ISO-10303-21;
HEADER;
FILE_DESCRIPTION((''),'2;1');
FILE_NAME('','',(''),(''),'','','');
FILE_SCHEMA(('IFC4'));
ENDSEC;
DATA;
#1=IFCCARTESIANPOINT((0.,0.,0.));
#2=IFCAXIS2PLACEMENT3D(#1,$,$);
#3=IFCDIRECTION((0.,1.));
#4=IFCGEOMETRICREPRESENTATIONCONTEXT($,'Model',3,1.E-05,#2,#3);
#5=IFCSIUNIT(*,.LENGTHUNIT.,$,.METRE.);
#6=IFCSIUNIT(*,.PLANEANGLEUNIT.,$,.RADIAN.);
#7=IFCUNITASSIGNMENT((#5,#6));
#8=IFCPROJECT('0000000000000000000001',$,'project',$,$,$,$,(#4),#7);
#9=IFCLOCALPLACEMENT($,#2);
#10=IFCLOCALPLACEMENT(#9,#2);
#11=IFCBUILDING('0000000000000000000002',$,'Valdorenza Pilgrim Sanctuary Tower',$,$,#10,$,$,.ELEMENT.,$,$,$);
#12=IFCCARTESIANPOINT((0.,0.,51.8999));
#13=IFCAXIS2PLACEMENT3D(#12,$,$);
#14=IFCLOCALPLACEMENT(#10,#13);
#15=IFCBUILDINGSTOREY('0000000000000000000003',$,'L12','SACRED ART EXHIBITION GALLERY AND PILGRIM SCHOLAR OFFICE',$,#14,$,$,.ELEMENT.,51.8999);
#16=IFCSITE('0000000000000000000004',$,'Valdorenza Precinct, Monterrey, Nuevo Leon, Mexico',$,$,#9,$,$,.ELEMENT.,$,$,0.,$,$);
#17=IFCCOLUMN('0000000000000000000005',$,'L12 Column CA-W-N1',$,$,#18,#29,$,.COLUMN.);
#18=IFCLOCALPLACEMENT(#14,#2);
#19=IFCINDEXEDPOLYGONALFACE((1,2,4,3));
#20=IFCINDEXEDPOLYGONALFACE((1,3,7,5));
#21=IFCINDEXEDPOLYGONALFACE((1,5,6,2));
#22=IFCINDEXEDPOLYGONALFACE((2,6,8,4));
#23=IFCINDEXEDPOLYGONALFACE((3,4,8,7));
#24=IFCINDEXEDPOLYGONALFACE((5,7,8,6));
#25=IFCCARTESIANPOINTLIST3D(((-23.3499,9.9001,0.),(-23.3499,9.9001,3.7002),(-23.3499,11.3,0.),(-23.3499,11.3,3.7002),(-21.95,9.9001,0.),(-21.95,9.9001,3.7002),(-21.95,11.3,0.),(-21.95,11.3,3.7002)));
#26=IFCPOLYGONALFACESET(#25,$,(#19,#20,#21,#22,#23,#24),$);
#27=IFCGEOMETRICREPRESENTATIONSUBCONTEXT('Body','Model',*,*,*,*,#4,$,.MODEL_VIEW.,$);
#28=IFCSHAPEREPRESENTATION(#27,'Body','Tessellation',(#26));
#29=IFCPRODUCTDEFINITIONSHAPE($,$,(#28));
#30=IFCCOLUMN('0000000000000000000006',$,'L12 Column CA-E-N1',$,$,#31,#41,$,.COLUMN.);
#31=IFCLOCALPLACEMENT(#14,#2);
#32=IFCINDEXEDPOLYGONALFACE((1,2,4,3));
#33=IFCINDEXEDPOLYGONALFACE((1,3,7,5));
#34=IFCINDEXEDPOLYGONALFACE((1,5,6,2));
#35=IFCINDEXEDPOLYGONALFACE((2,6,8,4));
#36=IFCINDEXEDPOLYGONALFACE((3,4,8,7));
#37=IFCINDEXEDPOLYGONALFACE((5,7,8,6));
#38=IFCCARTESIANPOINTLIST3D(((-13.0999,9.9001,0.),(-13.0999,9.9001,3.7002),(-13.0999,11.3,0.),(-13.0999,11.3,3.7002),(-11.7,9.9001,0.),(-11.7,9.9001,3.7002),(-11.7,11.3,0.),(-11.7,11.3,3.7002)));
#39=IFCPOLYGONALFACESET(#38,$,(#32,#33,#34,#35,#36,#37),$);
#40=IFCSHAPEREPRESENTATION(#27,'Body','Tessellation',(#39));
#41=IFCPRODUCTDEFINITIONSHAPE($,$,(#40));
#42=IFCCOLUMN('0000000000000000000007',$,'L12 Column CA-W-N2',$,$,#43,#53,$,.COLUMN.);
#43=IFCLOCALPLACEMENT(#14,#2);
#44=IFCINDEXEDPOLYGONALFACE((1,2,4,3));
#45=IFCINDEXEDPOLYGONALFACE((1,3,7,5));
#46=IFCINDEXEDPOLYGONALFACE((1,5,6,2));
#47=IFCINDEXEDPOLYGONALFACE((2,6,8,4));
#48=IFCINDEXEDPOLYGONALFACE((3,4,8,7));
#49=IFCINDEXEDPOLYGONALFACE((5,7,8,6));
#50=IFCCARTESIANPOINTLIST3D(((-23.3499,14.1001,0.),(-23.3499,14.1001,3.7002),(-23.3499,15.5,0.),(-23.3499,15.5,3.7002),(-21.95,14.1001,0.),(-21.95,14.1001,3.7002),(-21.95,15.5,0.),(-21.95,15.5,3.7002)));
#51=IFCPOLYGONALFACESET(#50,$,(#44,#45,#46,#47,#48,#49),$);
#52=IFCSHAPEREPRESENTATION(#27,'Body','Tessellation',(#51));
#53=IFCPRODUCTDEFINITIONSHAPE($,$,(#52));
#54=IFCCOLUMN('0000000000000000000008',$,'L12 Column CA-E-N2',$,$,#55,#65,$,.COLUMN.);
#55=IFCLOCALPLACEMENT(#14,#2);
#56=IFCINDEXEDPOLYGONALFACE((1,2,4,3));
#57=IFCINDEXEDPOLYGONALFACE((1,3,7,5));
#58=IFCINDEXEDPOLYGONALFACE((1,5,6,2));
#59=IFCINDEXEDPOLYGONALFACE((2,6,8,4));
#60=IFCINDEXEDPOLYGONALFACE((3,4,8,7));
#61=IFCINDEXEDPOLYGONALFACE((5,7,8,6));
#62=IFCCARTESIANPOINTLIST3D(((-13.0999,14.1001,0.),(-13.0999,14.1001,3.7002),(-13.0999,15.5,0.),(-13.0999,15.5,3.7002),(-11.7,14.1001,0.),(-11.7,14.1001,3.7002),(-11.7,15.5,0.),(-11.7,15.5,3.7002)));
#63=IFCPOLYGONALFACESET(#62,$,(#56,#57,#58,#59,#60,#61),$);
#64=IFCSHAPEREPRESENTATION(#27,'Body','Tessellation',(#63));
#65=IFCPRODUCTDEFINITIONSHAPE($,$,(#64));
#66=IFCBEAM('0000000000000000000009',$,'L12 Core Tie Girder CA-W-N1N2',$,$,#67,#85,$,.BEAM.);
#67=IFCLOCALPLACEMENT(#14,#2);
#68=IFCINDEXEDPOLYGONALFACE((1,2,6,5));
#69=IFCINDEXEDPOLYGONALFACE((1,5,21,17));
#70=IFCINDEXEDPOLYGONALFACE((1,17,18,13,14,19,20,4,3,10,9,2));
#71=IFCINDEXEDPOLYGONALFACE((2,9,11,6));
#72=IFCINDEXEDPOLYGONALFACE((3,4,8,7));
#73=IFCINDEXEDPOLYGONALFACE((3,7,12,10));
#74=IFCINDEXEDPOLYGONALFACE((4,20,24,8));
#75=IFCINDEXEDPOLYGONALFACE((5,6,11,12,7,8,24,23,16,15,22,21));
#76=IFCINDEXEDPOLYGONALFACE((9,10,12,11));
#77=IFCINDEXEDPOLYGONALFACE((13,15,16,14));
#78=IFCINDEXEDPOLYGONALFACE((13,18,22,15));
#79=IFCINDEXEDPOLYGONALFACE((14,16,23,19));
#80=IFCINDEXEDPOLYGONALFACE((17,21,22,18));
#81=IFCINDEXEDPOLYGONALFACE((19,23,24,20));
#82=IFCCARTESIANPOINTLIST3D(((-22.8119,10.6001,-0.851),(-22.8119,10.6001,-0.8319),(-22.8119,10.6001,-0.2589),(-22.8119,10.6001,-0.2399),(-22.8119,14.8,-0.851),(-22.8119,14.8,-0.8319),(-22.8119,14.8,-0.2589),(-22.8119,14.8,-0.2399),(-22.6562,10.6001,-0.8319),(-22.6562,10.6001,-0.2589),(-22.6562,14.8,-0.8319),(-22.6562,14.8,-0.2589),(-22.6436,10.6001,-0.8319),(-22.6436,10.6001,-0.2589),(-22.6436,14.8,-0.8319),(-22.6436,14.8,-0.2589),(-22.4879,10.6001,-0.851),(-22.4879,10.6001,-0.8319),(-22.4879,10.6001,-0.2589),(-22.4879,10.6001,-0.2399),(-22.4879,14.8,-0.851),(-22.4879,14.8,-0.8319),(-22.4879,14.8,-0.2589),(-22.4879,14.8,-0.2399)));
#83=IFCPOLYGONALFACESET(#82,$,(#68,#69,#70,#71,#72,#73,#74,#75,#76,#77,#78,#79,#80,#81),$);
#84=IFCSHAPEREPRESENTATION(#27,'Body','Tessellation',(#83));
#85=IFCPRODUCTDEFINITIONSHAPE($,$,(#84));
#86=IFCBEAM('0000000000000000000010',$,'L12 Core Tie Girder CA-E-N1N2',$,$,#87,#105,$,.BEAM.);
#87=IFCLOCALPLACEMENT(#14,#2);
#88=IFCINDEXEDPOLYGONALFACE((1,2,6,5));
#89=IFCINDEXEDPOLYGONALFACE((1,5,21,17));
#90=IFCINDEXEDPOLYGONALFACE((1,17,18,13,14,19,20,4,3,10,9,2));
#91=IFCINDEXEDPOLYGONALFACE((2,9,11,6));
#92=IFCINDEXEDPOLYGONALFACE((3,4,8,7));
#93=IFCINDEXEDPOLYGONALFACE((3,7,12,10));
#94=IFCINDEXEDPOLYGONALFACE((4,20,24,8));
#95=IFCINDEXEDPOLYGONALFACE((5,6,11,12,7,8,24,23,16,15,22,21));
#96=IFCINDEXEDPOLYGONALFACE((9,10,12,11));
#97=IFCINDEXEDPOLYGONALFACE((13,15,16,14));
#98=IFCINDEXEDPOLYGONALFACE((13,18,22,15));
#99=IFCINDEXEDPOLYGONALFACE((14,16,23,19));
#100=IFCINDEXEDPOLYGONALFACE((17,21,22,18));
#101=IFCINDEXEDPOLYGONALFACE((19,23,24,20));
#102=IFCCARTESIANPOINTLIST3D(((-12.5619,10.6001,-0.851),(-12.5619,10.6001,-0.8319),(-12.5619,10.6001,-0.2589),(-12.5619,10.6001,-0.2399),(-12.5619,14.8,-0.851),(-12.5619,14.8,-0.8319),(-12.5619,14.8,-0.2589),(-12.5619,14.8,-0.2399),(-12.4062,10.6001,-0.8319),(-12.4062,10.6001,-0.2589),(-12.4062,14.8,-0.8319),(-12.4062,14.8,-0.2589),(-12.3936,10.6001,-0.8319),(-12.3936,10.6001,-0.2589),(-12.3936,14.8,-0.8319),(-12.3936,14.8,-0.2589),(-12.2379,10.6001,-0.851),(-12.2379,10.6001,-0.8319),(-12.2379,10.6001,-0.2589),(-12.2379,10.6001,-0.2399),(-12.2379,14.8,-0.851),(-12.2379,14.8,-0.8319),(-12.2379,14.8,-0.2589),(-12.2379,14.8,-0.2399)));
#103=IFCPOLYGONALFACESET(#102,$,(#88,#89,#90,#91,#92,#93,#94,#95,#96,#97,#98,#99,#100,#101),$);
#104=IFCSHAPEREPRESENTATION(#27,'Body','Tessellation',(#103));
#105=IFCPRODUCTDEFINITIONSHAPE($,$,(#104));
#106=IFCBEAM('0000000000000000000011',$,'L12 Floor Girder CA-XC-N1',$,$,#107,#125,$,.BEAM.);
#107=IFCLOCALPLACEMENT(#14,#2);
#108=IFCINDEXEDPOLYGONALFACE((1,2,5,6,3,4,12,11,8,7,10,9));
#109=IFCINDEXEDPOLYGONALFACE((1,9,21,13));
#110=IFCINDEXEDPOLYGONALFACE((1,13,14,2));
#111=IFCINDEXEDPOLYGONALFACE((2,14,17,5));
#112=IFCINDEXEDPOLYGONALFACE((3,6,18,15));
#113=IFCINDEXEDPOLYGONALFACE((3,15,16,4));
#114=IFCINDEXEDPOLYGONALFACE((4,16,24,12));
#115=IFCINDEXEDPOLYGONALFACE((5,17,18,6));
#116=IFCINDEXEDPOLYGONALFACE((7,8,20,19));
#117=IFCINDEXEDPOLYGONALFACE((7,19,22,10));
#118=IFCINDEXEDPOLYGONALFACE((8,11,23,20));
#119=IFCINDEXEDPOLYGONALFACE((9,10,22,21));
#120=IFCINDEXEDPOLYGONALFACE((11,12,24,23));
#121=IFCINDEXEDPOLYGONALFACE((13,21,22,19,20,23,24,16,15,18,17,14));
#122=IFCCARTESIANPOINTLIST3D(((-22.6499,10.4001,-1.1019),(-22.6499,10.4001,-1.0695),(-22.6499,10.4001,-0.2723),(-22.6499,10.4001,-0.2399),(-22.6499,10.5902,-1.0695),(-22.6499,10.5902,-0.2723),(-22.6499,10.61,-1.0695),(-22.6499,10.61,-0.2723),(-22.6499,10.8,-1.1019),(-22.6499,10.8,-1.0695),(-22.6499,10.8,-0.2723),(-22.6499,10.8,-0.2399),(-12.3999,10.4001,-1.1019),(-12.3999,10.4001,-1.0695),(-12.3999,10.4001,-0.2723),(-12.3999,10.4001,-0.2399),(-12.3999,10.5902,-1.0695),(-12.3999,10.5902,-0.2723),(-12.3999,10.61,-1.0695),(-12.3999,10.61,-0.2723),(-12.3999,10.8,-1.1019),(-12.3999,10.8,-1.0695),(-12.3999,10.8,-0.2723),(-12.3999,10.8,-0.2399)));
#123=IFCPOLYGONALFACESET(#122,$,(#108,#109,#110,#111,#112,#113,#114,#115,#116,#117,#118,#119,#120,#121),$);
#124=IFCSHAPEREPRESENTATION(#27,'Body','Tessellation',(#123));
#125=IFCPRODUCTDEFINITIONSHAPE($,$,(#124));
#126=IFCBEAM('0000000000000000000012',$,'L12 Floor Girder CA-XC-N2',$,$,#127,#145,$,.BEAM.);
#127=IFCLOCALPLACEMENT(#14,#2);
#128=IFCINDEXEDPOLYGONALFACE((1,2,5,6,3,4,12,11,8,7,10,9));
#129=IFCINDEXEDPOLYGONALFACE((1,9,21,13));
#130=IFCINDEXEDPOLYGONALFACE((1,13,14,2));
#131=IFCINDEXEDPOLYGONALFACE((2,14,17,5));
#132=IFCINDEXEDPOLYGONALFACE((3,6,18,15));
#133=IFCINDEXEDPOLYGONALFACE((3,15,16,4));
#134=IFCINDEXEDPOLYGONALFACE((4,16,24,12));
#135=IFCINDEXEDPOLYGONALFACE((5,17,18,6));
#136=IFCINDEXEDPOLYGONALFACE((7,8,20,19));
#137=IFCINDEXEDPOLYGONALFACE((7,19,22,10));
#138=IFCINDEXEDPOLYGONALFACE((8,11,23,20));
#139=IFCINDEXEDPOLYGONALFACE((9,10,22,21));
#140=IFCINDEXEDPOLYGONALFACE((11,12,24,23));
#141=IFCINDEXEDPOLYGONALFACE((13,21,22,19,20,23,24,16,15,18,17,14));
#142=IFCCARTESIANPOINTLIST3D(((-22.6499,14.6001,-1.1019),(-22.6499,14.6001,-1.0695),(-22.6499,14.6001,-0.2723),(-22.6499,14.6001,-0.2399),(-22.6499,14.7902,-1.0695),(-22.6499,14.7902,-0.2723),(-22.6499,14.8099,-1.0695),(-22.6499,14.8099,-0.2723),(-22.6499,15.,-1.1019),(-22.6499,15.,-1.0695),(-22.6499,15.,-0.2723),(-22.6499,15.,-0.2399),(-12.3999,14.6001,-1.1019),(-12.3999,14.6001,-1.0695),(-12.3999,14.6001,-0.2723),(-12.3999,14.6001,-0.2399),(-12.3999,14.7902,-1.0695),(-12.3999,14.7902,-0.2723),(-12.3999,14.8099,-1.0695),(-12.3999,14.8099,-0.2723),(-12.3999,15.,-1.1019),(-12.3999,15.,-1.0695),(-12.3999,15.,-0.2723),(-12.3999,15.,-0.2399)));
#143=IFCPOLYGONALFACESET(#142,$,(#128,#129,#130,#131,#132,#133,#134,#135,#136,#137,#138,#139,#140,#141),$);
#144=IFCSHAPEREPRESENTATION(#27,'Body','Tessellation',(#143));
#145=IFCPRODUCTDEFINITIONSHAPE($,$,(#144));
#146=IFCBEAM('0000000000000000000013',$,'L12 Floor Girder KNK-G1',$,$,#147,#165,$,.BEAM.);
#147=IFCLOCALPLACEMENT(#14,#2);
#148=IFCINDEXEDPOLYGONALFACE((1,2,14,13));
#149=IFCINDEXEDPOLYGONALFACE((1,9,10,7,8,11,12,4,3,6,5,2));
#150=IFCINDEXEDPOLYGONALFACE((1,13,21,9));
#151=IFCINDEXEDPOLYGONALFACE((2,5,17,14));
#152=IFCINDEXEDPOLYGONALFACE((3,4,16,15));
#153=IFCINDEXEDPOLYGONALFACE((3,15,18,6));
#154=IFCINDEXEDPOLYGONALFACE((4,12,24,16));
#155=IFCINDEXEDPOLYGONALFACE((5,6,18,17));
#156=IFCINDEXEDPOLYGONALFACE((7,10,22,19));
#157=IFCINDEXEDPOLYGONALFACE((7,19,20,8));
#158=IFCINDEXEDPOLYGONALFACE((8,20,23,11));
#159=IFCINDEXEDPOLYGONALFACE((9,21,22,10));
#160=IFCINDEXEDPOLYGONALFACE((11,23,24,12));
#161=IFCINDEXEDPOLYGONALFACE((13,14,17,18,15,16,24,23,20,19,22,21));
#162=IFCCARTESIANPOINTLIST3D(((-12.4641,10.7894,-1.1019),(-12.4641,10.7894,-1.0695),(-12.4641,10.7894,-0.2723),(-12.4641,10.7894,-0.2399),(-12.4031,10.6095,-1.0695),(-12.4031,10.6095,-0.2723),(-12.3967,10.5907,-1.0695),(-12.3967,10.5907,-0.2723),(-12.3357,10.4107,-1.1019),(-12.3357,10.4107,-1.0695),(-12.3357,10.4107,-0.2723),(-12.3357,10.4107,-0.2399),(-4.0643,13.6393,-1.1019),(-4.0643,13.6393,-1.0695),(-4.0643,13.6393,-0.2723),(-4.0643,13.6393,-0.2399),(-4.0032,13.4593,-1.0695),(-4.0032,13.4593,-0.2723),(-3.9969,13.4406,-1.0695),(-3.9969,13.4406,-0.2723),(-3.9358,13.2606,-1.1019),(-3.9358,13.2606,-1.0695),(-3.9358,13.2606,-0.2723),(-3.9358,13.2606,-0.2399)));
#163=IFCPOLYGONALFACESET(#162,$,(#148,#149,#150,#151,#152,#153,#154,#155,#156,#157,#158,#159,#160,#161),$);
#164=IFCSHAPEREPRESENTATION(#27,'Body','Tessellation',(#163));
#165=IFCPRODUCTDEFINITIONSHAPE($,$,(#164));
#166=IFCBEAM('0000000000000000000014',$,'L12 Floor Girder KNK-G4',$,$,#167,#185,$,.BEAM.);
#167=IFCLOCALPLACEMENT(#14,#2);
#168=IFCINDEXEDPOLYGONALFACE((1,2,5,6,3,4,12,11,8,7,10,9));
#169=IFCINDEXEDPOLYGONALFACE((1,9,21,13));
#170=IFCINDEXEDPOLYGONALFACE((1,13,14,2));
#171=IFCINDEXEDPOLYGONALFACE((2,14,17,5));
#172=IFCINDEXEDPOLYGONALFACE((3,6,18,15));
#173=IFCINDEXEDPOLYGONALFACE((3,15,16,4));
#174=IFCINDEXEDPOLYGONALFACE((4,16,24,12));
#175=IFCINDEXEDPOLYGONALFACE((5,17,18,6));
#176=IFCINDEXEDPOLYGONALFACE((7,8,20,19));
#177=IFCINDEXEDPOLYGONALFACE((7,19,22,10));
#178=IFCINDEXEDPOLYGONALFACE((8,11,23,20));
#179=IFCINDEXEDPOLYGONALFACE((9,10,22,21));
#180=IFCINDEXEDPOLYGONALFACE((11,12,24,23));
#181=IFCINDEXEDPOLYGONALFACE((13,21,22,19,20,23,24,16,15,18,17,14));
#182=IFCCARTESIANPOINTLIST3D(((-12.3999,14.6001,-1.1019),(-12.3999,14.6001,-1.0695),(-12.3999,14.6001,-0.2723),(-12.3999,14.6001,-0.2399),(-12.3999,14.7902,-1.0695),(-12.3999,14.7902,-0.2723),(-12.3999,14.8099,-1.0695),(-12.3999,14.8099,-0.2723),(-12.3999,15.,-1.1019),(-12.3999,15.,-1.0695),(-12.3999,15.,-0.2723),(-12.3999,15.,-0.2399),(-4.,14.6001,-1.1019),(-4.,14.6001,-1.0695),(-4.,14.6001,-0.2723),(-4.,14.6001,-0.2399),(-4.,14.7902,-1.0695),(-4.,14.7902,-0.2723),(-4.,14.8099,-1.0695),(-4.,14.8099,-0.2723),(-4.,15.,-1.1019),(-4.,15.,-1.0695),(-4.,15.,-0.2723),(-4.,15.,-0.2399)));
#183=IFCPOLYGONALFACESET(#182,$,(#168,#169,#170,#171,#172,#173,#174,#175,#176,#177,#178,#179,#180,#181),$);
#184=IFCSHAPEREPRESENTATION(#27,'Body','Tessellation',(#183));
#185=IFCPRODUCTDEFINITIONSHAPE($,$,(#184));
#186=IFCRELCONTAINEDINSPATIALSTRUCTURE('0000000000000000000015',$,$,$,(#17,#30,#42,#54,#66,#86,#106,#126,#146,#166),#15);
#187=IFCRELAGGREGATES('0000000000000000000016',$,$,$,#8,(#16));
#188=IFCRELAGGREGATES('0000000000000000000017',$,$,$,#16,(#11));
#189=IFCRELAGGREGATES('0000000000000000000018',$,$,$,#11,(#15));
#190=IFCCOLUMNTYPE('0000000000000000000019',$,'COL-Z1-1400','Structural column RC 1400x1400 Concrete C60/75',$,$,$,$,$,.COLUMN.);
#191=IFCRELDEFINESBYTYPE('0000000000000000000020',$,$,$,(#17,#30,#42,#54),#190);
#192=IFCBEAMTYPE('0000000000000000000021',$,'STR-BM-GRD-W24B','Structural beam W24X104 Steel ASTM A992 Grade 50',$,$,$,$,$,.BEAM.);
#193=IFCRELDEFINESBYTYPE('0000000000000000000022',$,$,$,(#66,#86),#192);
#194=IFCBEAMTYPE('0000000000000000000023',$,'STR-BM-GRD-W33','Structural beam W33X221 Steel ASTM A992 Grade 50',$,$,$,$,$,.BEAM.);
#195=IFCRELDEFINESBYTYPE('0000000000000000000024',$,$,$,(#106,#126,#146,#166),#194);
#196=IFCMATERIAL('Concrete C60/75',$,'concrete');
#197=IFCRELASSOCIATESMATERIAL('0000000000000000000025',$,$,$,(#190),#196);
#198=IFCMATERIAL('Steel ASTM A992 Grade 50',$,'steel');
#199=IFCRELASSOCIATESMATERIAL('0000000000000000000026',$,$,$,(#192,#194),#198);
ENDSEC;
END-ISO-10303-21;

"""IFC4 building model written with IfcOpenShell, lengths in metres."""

from ifc_helpers import new_model, si_unit, direction, frame, origin, origin_2d, place, context, subcontext, project, spatial, rectangle, i_section, extrude, source, transform, mapped, material, material_profile, profile_set, type_object, element, save


model = new_model("IFC4")

# Units and contexts
model_context = context("Model", 3, precision=1e-05, world=origin(), true_north=direction((0.0, 1.0)))
body_context = subcontext(model_context, "Body", "Model", "MODEL_VIEW")
ifc_project = project(units=[si_unit("LENGTHUNIT", "METRE"), si_unit("PLANEANGLEUNIT", "RADIAN")], contexts=[model_context])

# Site, building, storey
site_placement = place(None, origin())
site = spatial("IfcSite", under=ifc_project, at=site_placement, Name="Valdorenza Precinct, Monterrey, Nuevo Leon, Mexico", CompositionType="ELEMENT", RefElevation=0.0)
building_placement = place(site_placement, origin())
building = spatial("IfcBuilding", under=site, at=building_placement, Name="Valdorenza Pilgrim Sanctuary Tower", CompositionType="ELEMENT")
storey_placement = place(building_placement, frame((0.0, 0.0, 51.8999)))
storey = spatial("IfcBuildingStorey", under=building, at=storey_placement, Name="L12", Description="SACRED ART EXHIBITION GALLERY AND PILGRIM SCHOLAR OFFICE", CompositionType="ELEMENT", Elevation=51.8999)

# Columns
ifc_material_1 = material(Name="Concrete C60/75", Category="concrete")
ifc_material_profile_1 = material_profile(ifc_material_1, rectangle(XDim=1.3999, YDim=1.3999, at=origin_2d()), Name="RC 1400x1400")
ifc_profile_set_1 = profile_set([ifc_material_profile_1], Name="Concrete C60/75")
column_type = type_object("IfcColumnType", Name="COL-Z1-1400", Description="Structural column RC 1400x1400 Concrete C60/75", PredefinedType="COLUMN", material=ifc_profile_set_1)
shared_shape_1 = source(origin(), body_context, "Body", "SweptSolid", [
    extrude(rectangle(XDim=1.3999, YDim=1.3999, at=origin_2d()), origin(), (0.0, 0.0, 1.0), 3.7002),
])
for number, where, z_axis, x_axis, name in (
    (1, (-22.6499, 10.6001, 0.0), (0.0, 0.0, 1.0), (1.0, 0.0, 0.0), "L12 Column CA-W-N1"),
    (2, (-12.3999, 10.6001, 0.0), (0.0, 0.0, 1.0), (1.0, 0.0, 0.0), "L12 Column CA-E-N1"),
    (3, (-22.6499, 14.8, 0.0), (0.0, 0.0, 1.0), (1.0, 0.0, 0.0), "L12 Column CA-W-N2"),
    (4, (-12.3999, 14.8, 0.0), (0.0, 0.0, 1.0), (1.0, 0.0, 0.0), "L12 Column CA-E-N2"),
):
    element("IfcColumn", number, at=place(storey_placement, frame(where, z_axis=z_axis, x_axis=x_axis)), inside=storey, type_object=column_type, Name=name, PredefinedType="COLUMN", context=body_context, shape_type="MappedRepresentation", body=[
        mapped(shared_shape_1, transform((0.0, 0.0, 0.0), x_axis=(1.0, 0.0, 0.0), y_axis=(0.0, 1.0, 0.0), z_axis=(0.0, 0.0, 1.0), scale=1.0)),
    ])

# Beams
ifc_material_2 = material(Name="Steel ASTM A992 Grade 50", Category="steel")
ifc_material_profile_2 = material_profile(ifc_material_2, i_section(OverallWidth=0.324, OverallDepth=0.6111, WebThickness=0.0127, FlangeThickness=0.019, at=origin_2d()), Name="W24X104")
ifc_profile_set_2 = profile_set([ifc_material_profile_2], Name="Steel ASTM A992 Grade 50")
beam_type_1 = type_object("IfcBeamType", Name="STR-BM-GRD-W24B", Description="Structural beam W24X104 Steel ASTM A992 Grade 50", PredefinedType="BEAM", material=ifc_profile_set_2)
shared_shape_2 = source(origin(), body_context, "Body", "SweptSolid", [
    extrude(i_section(OverallWidth=0.324, OverallDepth=0.6111, WebThickness=0.0127, FlangeThickness=0.019, at=origin_2d()), origin(), (0.0, 0.0, 1.0), 4.2),
])
for number, where, z_axis, x_axis, name in (
    (5, (-22.6499, 10.6001, -0.5454), (0.0, 1.0, 0.0), (-1.0, 0.0, 0.0), "L12 Core Tie Girder CA-W-N1N2"),
    (6, (-12.3999, 10.6001, -0.5454), (0.0, 1.0, 0.0), (-1.0, 0.0, 0.0), "L12 Core Tie Girder CA-E-N1N2"),
):
    element("IfcBeam", number, at=place(storey_placement, frame(where, z_axis=z_axis, x_axis=x_axis)), inside=storey, type_object=beam_type_1, Name=name, PredefinedType="BEAM", context=body_context, shape_type="MappedRepresentation", body=[
        mapped(shared_shape_2, transform((0.0, 0.0, 0.0), x_axis=(1.0, 0.0, 0.0), y_axis=(0.0, 1.0, 0.0), z_axis=(0.0, 0.0, 1.0), scale=1.0)),
    ])
ifc_material_profile_3 = material_profile(ifc_material_2, i_section(OverallWidth=0.3999, OverallDepth=0.8621, WebThickness=0.0198, FlangeThickness=0.0325, at=origin_2d()), Name="W33X221")
ifc_profile_set_3 = profile_set([ifc_material_profile_3], Name="Steel ASTM A992 Grade 50")
beam_type_2 = type_object("IfcBeamType", Name="STR-BM-GRD-W33", Description="Structural beam W33X221 Steel ASTM A992 Grade 50", PredefinedType="BEAM", material=ifc_profile_set_3)
shared_shape_3 = source(origin(), body_context, "Body", "SweptSolid", [
    extrude(i_section(OverallWidth=0.3999, OverallDepth=0.8621, WebThickness=0.0198, FlangeThickness=0.0325, at=origin_2d()), origin(), (0.0, 0.0, 1.0), 10.25),
])
for number, where, z_axis, x_axis, name in (
    (7, (-22.6499, 10.6001, -0.6709), (1.0, 0.0, 0.0), (0.0, 1.0, 0.0), "L12 Floor Girder CA-XC-N1"),
    (8, (-22.6499, 14.8, -0.6709), (1.0, 0.0, 0.0), (0.0, 1.0, 0.0), "L12 Floor Girder CA-XC-N2"),
):
    element("IfcBeam", number, at=place(storey_placement, frame(where, z_axis=z_axis, x_axis=x_axis)), inside=storey, type_object=beam_type_2, Name=name, PredefinedType="BEAM", context=body_context, shape_type="MappedRepresentation", body=[
        mapped(shared_shape_3, transform((0.0, 0.0, 0.0), x_axis=(1.0, 0.0, 0.0), y_axis=(0.0, 1.0, 0.0), z_axis=(0.0, 0.0, 1.0), scale=1.0)),
    ])
shared_shape_4 = source(origin(), body_context, "Body", "SweptSolid", [
    extrude(i_section(OverallWidth=0.3999, OverallDepth=0.8621, WebThickness=0.0198, FlangeThickness=0.0325, at=origin_2d()), origin(), (0.0, 0.0, 1.0), 8.8701),
])
beam_1_placement = place(storey_placement, frame((-12.3999, 10.6001, -0.6709), z_axis=(0.946983, 0.321285, 0.0), x_axis=(-0.321285, 0.946983, 0.0)))
element("IfcBeam", 9, at=beam_1_placement, inside=storey, type_object=beam_type_2, Name="L12 Floor Girder KNK-G1", PredefinedType="BEAM", context=body_context, shape_type="MappedRepresentation", body=[
    mapped(shared_shape_4, transform((0.0, 0.0, 0.0), x_axis=(1.0, 0.0, 0.0), y_axis=(0.0, 1.0, 0.0), z_axis=(0.0, 0.0, 1.0), scale=1.0)),
])
shared_shape_5 = source(origin(), body_context, "Body", "SweptSolid", [
    extrude(i_section(OverallWidth=0.3999, OverallDepth=0.8621, WebThickness=0.0198, FlangeThickness=0.0325, at=origin_2d()), origin(), (0.0, 0.0, 1.0), 8.3999),
])
beam_2_placement = place(storey_placement, frame((-12.3999, 14.8, -0.6709), z_axis=(1.0, 0.0, 0.0), x_axis=(0.0, 1.0, 0.0)))
element("IfcBeam", 10, at=beam_2_placement, inside=storey, type_object=beam_type_2, Name="L12 Floor Girder KNK-G4", PredefinedType="BEAM", context=body_context, shape_type="MappedRepresentation", body=[
    mapped(shared_shape_5, transform((0.0, 0.0, 0.0), x_axis=(1.0, 0.0, 0.0), y_axis=(0.0, 1.0, 0.0), z_axis=(0.0, 0.0, 1.0), scale=1.0)),
])

save(model, "model.ifc")
